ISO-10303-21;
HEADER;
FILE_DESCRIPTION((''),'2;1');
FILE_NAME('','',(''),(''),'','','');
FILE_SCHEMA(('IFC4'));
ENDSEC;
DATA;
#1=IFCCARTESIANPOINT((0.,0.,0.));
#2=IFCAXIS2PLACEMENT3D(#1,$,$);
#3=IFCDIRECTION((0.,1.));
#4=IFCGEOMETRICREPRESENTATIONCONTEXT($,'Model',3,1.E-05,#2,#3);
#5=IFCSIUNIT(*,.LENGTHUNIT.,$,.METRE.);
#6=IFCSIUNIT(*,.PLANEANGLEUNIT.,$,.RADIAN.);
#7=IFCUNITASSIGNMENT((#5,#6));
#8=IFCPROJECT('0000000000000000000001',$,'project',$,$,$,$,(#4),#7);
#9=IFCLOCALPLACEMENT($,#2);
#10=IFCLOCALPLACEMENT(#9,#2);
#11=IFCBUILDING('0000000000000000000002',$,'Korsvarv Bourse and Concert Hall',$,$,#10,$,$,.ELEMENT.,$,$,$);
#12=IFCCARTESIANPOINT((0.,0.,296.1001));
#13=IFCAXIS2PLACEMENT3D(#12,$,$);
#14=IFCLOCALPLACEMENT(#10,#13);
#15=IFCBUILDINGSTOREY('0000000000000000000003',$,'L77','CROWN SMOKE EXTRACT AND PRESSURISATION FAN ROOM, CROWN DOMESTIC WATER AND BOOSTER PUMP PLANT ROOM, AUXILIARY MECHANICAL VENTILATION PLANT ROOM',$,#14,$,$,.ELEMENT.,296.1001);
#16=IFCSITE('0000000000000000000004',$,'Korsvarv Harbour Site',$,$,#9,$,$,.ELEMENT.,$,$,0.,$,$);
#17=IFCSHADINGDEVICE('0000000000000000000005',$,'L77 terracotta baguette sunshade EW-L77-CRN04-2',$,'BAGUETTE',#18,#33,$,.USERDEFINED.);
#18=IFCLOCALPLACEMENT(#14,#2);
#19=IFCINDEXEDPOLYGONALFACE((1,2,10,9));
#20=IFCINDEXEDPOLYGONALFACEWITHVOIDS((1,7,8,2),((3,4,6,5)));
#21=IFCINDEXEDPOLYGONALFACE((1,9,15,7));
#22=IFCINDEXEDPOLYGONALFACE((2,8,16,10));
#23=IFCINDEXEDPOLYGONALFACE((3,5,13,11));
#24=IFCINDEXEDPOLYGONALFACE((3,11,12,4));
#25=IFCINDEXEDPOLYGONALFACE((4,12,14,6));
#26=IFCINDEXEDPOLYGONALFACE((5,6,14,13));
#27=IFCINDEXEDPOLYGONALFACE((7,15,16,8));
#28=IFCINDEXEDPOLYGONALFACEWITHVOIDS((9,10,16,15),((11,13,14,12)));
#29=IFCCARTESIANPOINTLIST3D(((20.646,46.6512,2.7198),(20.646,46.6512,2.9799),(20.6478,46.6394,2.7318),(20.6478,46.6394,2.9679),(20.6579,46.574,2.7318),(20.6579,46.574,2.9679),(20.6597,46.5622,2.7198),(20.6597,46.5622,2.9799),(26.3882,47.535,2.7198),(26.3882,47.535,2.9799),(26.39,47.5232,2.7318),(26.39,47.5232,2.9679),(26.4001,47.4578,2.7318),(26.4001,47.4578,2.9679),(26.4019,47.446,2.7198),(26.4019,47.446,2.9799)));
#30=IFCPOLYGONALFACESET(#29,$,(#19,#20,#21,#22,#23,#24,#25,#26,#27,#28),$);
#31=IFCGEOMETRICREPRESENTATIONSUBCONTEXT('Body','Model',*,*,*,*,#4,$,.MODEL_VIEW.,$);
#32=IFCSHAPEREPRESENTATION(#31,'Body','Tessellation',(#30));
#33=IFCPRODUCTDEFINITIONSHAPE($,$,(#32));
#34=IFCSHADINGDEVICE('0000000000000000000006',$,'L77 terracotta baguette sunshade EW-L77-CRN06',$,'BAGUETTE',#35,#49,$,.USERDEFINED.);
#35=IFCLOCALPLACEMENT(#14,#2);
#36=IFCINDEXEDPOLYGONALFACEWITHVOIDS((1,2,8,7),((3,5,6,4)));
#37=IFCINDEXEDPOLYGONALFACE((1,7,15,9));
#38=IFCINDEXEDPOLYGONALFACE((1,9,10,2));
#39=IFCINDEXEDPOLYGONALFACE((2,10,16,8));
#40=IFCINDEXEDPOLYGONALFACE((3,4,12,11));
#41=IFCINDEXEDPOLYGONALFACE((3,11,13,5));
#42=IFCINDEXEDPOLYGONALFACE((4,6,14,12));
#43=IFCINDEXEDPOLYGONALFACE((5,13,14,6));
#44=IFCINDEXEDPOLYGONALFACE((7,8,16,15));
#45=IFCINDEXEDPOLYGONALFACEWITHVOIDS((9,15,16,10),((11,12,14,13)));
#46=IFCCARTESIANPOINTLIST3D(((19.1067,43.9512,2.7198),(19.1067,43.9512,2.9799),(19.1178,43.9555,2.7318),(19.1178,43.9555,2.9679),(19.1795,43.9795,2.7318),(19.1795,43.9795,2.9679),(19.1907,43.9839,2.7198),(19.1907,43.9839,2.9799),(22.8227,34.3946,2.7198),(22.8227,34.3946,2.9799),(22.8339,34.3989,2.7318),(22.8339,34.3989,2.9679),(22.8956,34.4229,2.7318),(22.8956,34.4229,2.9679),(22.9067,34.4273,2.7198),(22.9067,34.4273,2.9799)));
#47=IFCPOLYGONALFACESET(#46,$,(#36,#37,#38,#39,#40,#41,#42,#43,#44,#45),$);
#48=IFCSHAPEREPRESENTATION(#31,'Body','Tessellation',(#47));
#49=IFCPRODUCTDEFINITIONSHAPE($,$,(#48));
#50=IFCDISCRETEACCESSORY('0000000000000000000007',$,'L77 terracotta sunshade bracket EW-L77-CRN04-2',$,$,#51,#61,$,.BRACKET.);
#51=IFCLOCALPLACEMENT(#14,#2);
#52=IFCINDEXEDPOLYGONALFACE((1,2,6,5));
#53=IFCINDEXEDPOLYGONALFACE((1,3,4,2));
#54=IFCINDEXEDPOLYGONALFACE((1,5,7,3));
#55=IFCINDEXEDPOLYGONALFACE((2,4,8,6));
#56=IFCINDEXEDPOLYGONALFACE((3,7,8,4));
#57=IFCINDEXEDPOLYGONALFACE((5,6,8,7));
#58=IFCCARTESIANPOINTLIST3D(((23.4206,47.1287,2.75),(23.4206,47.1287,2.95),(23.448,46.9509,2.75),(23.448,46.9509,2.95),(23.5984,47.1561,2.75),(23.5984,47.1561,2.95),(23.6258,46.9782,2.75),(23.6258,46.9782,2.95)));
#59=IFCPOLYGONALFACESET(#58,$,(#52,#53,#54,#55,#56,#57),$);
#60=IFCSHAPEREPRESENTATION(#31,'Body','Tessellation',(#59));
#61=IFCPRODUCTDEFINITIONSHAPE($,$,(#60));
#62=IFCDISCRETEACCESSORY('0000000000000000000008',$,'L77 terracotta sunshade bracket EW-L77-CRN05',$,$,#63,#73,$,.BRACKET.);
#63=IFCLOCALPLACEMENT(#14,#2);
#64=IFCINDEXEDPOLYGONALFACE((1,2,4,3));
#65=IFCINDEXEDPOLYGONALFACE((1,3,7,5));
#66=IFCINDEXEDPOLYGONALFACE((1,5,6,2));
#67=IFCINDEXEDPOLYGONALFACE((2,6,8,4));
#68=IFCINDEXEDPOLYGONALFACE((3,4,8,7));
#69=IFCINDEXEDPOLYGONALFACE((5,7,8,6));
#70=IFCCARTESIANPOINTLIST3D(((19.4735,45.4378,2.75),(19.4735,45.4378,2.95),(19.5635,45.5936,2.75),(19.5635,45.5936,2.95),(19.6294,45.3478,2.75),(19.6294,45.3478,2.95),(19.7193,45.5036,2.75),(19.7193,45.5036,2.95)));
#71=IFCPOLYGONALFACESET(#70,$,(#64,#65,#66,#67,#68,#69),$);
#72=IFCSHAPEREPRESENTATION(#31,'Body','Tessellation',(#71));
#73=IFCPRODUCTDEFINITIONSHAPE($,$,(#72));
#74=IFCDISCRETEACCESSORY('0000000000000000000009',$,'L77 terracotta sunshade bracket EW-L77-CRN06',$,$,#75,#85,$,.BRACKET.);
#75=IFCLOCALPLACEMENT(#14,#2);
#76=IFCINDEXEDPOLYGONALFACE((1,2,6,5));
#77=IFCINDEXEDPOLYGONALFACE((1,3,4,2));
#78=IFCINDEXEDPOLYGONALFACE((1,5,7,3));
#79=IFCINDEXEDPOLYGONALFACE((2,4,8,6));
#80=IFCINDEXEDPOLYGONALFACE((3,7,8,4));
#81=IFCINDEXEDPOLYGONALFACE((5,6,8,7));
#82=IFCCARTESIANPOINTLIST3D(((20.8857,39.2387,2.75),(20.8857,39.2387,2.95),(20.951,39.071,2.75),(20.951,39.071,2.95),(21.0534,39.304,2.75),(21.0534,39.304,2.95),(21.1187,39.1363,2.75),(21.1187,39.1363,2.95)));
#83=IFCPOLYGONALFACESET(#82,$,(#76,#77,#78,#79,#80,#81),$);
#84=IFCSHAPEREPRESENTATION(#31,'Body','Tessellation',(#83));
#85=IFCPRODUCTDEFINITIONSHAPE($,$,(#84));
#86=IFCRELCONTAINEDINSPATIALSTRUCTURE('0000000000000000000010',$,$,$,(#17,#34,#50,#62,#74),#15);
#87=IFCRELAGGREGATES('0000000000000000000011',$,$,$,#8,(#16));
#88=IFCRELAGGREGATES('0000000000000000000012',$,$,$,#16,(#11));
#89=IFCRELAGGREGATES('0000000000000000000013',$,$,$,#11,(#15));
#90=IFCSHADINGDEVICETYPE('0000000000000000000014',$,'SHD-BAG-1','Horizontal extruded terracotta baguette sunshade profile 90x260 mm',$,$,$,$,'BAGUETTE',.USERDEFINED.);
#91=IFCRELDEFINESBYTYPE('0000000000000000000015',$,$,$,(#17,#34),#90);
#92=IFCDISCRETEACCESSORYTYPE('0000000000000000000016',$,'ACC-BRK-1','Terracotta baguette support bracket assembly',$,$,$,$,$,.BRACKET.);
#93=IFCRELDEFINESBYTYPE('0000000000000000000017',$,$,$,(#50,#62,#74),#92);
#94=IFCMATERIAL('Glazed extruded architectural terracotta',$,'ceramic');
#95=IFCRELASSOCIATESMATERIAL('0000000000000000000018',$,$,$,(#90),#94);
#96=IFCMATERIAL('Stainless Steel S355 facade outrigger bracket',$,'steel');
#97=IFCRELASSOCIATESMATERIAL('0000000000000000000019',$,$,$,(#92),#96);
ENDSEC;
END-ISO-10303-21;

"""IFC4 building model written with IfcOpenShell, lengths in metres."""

from ifc_helpers import new_model, si_unit, direction, frame, origin, origin_2d, place, context, subcontext, project, spatial, rectangle, hollow_rectangle, extrude, source, transform, mapped, material, material_profile, profile_set, type_object, element, save


model = new_model("IFC4")

# Units and contexts
model_context = context("Model", 3, precision=1e-05, world=origin(), true_north=direction((0.0, 1.0)))
body_context = subcontext(model_context, "Body", "Model", "MODEL_VIEW")
ifc_project = project(units=[si_unit("LENGTHUNIT", "METRE"), si_unit("PLANEANGLEUNIT", "RADIAN")], contexts=[model_context])

# Site, building, storey
site_placement = place(None, origin())
site = spatial("IfcSite", under=ifc_project, at=site_placement, Name="Korsvarv Harbour Site", CompositionType="ELEMENT", RefElevation=0.0)
building_placement = place(site_placement, origin())
building = spatial("IfcBuilding", under=site, at=building_placement, Name="Korsvarv Bourse and Concert Hall", CompositionType="ELEMENT")
storey_placement = place(building_placement, frame((0.0, 0.0, 296.1001)))
storey = spatial("IfcBuildingStorey", under=building, at=storey_placement, Name="L77", Description="CROWN SMOKE EXTRACT AND PRESSURISATION FAN ROOM, CROWN DOMESTIC WATER AND BOOSTER PUMP PLANT ROOM, AUXILIARY MECHANICAL VENTILATION PLANT ROOM", CompositionType="ELEMENT", Elevation=296.1001)

# Shading devices
ifc_material_1 = material(Name="Glazed extruded architectural terracotta", Category="ceramic")
ifc_material_profile_1 = material_profile(ifc_material_1, hollow_rectangle(XDim=0.0901, YDim=0.26, WallThickness=0.012, at=origin_2d()), Name="TC-BAG 90x260")
ifc_profile_set_1 = profile_set([ifc_material_profile_1], Name="Glazed extruded architectural terracotta")
shading_device_type = type_object("IfcShadingDeviceType", Name="SHD-BAG-1", Description="Horizontal extruded terracotta baguette sunshade profile 90x260 mm", ElementType="BAGUETTE", PredefinedType="USERDEFINED", material=ifc_profile_set_1)
shared_shape_1 = source(origin(), body_context, "Body", "SweptSolid", [
    extrude(hollow_rectangle(XDim=0.0901, YDim=0.26, WallThickness=0.012, at=origin_2d()), origin(), (0.0, 0.0, 1.0), 5.8098),
])
shading_device_1_placement = place(storey_placement, frame((26.395, 47.4905, 2.8499), z_axis=(-0.988362, -0.15212, 0.0), x_axis=(0.15212, -0.988362, 0.0)))
element("IfcShadingDevice", 1, at=shading_device_1_placement, inside=storey, type_object=shading_device_type, Name="L77 terracotta baguette sunshade EW-L77-CRN04-2", ObjectType="BAGUETTE", PredefinedType="USERDEFINED", context=body_context, shape_type="MappedRepresentation", body=[
    mapped(shared_shape_1, transform((0.0, 0.0, 0.0), scale=1.0)),
])
shared_shape_2 = source(origin(), body_context, "Body", "SweptSolid", [
    extrude(hollow_rectangle(XDim=0.0901, YDim=0.26, WallThickness=0.012, at=origin_2d()), origin(), (0.0, 0.0, 1.0), 10.2537),
])
shading_device_2_placement = place(storey_placement, frame((19.1487, 43.9675, 2.8499), z_axis=(0.362412, -0.932018, 0.0), x_axis=(0.932018, 0.362412, 0.0)))
element("IfcShadingDevice", 2, at=shading_device_2_placement, inside=storey, type_object=shading_device_type, Name="L77 terracotta baguette sunshade EW-L77-CRN06", ObjectType="BAGUETTE", PredefinedType="USERDEFINED", context=body_context, shape_type="MappedRepresentation", body=[
    mapped(shared_shape_2, transform((0.0, 0.0, 0.0), scale=1.0)),
])

# Discrete accessories
ifc_material_2 = material(Name="Stainless Steel S355 facade outrigger bracket", Category="steel")
discrete_accessory_type = type_object("IfcDiscreteAccessoryType", Name="ACC-BRK-1", Description="Terracotta baguette support bracket assembly", PredefinedType="BRACKET", material=ifc_material_2)
shared_shape_3 = source(origin(), body_context, "Body", "SweptSolid", [
    extrude(rectangle(XDim=0.1799, YDim=0.1799, at=origin_2d()), origin(), (0.0, 0.0, 1.0), 0.2),
])
for number, where, z_axis, x_axis, name in (
    (3, (23.5232, 47.0535, 2.75), (0.0, 0.0, 1.0), (-0.988362, -0.152123, 0.0), "L77 terracotta sunshade bracket EW-L77-CRN04-2"),
    (4, (19.5964, 45.4707, 2.75), (0.0, 0.0, 1.0), (-0.5, -0.866025, 0.0), "L77 terracotta sunshade bracket EW-L77-CRN05"),
    (5, (21.0022, 39.1875, 2.75), (0.0, 0.0, 1.0), (0.362438, -0.932008, 0.0), "L77 terracotta sunshade bracket EW-L77-CRN06"),
):
    element("IfcDiscreteAccessory", number, at=place(storey_placement, frame(where, z_axis=z_axis, x_axis=x_axis)), inside=storey, type_object=discrete_accessory_type, Name=name, PredefinedType="BRACKET", context=body_context, shape_type="MappedRepresentation", body=[
        mapped(shared_shape_3, transform((0.0, 0.0, 0.0), scale=1.0)),
    ])

save(model, "model.ifc")
